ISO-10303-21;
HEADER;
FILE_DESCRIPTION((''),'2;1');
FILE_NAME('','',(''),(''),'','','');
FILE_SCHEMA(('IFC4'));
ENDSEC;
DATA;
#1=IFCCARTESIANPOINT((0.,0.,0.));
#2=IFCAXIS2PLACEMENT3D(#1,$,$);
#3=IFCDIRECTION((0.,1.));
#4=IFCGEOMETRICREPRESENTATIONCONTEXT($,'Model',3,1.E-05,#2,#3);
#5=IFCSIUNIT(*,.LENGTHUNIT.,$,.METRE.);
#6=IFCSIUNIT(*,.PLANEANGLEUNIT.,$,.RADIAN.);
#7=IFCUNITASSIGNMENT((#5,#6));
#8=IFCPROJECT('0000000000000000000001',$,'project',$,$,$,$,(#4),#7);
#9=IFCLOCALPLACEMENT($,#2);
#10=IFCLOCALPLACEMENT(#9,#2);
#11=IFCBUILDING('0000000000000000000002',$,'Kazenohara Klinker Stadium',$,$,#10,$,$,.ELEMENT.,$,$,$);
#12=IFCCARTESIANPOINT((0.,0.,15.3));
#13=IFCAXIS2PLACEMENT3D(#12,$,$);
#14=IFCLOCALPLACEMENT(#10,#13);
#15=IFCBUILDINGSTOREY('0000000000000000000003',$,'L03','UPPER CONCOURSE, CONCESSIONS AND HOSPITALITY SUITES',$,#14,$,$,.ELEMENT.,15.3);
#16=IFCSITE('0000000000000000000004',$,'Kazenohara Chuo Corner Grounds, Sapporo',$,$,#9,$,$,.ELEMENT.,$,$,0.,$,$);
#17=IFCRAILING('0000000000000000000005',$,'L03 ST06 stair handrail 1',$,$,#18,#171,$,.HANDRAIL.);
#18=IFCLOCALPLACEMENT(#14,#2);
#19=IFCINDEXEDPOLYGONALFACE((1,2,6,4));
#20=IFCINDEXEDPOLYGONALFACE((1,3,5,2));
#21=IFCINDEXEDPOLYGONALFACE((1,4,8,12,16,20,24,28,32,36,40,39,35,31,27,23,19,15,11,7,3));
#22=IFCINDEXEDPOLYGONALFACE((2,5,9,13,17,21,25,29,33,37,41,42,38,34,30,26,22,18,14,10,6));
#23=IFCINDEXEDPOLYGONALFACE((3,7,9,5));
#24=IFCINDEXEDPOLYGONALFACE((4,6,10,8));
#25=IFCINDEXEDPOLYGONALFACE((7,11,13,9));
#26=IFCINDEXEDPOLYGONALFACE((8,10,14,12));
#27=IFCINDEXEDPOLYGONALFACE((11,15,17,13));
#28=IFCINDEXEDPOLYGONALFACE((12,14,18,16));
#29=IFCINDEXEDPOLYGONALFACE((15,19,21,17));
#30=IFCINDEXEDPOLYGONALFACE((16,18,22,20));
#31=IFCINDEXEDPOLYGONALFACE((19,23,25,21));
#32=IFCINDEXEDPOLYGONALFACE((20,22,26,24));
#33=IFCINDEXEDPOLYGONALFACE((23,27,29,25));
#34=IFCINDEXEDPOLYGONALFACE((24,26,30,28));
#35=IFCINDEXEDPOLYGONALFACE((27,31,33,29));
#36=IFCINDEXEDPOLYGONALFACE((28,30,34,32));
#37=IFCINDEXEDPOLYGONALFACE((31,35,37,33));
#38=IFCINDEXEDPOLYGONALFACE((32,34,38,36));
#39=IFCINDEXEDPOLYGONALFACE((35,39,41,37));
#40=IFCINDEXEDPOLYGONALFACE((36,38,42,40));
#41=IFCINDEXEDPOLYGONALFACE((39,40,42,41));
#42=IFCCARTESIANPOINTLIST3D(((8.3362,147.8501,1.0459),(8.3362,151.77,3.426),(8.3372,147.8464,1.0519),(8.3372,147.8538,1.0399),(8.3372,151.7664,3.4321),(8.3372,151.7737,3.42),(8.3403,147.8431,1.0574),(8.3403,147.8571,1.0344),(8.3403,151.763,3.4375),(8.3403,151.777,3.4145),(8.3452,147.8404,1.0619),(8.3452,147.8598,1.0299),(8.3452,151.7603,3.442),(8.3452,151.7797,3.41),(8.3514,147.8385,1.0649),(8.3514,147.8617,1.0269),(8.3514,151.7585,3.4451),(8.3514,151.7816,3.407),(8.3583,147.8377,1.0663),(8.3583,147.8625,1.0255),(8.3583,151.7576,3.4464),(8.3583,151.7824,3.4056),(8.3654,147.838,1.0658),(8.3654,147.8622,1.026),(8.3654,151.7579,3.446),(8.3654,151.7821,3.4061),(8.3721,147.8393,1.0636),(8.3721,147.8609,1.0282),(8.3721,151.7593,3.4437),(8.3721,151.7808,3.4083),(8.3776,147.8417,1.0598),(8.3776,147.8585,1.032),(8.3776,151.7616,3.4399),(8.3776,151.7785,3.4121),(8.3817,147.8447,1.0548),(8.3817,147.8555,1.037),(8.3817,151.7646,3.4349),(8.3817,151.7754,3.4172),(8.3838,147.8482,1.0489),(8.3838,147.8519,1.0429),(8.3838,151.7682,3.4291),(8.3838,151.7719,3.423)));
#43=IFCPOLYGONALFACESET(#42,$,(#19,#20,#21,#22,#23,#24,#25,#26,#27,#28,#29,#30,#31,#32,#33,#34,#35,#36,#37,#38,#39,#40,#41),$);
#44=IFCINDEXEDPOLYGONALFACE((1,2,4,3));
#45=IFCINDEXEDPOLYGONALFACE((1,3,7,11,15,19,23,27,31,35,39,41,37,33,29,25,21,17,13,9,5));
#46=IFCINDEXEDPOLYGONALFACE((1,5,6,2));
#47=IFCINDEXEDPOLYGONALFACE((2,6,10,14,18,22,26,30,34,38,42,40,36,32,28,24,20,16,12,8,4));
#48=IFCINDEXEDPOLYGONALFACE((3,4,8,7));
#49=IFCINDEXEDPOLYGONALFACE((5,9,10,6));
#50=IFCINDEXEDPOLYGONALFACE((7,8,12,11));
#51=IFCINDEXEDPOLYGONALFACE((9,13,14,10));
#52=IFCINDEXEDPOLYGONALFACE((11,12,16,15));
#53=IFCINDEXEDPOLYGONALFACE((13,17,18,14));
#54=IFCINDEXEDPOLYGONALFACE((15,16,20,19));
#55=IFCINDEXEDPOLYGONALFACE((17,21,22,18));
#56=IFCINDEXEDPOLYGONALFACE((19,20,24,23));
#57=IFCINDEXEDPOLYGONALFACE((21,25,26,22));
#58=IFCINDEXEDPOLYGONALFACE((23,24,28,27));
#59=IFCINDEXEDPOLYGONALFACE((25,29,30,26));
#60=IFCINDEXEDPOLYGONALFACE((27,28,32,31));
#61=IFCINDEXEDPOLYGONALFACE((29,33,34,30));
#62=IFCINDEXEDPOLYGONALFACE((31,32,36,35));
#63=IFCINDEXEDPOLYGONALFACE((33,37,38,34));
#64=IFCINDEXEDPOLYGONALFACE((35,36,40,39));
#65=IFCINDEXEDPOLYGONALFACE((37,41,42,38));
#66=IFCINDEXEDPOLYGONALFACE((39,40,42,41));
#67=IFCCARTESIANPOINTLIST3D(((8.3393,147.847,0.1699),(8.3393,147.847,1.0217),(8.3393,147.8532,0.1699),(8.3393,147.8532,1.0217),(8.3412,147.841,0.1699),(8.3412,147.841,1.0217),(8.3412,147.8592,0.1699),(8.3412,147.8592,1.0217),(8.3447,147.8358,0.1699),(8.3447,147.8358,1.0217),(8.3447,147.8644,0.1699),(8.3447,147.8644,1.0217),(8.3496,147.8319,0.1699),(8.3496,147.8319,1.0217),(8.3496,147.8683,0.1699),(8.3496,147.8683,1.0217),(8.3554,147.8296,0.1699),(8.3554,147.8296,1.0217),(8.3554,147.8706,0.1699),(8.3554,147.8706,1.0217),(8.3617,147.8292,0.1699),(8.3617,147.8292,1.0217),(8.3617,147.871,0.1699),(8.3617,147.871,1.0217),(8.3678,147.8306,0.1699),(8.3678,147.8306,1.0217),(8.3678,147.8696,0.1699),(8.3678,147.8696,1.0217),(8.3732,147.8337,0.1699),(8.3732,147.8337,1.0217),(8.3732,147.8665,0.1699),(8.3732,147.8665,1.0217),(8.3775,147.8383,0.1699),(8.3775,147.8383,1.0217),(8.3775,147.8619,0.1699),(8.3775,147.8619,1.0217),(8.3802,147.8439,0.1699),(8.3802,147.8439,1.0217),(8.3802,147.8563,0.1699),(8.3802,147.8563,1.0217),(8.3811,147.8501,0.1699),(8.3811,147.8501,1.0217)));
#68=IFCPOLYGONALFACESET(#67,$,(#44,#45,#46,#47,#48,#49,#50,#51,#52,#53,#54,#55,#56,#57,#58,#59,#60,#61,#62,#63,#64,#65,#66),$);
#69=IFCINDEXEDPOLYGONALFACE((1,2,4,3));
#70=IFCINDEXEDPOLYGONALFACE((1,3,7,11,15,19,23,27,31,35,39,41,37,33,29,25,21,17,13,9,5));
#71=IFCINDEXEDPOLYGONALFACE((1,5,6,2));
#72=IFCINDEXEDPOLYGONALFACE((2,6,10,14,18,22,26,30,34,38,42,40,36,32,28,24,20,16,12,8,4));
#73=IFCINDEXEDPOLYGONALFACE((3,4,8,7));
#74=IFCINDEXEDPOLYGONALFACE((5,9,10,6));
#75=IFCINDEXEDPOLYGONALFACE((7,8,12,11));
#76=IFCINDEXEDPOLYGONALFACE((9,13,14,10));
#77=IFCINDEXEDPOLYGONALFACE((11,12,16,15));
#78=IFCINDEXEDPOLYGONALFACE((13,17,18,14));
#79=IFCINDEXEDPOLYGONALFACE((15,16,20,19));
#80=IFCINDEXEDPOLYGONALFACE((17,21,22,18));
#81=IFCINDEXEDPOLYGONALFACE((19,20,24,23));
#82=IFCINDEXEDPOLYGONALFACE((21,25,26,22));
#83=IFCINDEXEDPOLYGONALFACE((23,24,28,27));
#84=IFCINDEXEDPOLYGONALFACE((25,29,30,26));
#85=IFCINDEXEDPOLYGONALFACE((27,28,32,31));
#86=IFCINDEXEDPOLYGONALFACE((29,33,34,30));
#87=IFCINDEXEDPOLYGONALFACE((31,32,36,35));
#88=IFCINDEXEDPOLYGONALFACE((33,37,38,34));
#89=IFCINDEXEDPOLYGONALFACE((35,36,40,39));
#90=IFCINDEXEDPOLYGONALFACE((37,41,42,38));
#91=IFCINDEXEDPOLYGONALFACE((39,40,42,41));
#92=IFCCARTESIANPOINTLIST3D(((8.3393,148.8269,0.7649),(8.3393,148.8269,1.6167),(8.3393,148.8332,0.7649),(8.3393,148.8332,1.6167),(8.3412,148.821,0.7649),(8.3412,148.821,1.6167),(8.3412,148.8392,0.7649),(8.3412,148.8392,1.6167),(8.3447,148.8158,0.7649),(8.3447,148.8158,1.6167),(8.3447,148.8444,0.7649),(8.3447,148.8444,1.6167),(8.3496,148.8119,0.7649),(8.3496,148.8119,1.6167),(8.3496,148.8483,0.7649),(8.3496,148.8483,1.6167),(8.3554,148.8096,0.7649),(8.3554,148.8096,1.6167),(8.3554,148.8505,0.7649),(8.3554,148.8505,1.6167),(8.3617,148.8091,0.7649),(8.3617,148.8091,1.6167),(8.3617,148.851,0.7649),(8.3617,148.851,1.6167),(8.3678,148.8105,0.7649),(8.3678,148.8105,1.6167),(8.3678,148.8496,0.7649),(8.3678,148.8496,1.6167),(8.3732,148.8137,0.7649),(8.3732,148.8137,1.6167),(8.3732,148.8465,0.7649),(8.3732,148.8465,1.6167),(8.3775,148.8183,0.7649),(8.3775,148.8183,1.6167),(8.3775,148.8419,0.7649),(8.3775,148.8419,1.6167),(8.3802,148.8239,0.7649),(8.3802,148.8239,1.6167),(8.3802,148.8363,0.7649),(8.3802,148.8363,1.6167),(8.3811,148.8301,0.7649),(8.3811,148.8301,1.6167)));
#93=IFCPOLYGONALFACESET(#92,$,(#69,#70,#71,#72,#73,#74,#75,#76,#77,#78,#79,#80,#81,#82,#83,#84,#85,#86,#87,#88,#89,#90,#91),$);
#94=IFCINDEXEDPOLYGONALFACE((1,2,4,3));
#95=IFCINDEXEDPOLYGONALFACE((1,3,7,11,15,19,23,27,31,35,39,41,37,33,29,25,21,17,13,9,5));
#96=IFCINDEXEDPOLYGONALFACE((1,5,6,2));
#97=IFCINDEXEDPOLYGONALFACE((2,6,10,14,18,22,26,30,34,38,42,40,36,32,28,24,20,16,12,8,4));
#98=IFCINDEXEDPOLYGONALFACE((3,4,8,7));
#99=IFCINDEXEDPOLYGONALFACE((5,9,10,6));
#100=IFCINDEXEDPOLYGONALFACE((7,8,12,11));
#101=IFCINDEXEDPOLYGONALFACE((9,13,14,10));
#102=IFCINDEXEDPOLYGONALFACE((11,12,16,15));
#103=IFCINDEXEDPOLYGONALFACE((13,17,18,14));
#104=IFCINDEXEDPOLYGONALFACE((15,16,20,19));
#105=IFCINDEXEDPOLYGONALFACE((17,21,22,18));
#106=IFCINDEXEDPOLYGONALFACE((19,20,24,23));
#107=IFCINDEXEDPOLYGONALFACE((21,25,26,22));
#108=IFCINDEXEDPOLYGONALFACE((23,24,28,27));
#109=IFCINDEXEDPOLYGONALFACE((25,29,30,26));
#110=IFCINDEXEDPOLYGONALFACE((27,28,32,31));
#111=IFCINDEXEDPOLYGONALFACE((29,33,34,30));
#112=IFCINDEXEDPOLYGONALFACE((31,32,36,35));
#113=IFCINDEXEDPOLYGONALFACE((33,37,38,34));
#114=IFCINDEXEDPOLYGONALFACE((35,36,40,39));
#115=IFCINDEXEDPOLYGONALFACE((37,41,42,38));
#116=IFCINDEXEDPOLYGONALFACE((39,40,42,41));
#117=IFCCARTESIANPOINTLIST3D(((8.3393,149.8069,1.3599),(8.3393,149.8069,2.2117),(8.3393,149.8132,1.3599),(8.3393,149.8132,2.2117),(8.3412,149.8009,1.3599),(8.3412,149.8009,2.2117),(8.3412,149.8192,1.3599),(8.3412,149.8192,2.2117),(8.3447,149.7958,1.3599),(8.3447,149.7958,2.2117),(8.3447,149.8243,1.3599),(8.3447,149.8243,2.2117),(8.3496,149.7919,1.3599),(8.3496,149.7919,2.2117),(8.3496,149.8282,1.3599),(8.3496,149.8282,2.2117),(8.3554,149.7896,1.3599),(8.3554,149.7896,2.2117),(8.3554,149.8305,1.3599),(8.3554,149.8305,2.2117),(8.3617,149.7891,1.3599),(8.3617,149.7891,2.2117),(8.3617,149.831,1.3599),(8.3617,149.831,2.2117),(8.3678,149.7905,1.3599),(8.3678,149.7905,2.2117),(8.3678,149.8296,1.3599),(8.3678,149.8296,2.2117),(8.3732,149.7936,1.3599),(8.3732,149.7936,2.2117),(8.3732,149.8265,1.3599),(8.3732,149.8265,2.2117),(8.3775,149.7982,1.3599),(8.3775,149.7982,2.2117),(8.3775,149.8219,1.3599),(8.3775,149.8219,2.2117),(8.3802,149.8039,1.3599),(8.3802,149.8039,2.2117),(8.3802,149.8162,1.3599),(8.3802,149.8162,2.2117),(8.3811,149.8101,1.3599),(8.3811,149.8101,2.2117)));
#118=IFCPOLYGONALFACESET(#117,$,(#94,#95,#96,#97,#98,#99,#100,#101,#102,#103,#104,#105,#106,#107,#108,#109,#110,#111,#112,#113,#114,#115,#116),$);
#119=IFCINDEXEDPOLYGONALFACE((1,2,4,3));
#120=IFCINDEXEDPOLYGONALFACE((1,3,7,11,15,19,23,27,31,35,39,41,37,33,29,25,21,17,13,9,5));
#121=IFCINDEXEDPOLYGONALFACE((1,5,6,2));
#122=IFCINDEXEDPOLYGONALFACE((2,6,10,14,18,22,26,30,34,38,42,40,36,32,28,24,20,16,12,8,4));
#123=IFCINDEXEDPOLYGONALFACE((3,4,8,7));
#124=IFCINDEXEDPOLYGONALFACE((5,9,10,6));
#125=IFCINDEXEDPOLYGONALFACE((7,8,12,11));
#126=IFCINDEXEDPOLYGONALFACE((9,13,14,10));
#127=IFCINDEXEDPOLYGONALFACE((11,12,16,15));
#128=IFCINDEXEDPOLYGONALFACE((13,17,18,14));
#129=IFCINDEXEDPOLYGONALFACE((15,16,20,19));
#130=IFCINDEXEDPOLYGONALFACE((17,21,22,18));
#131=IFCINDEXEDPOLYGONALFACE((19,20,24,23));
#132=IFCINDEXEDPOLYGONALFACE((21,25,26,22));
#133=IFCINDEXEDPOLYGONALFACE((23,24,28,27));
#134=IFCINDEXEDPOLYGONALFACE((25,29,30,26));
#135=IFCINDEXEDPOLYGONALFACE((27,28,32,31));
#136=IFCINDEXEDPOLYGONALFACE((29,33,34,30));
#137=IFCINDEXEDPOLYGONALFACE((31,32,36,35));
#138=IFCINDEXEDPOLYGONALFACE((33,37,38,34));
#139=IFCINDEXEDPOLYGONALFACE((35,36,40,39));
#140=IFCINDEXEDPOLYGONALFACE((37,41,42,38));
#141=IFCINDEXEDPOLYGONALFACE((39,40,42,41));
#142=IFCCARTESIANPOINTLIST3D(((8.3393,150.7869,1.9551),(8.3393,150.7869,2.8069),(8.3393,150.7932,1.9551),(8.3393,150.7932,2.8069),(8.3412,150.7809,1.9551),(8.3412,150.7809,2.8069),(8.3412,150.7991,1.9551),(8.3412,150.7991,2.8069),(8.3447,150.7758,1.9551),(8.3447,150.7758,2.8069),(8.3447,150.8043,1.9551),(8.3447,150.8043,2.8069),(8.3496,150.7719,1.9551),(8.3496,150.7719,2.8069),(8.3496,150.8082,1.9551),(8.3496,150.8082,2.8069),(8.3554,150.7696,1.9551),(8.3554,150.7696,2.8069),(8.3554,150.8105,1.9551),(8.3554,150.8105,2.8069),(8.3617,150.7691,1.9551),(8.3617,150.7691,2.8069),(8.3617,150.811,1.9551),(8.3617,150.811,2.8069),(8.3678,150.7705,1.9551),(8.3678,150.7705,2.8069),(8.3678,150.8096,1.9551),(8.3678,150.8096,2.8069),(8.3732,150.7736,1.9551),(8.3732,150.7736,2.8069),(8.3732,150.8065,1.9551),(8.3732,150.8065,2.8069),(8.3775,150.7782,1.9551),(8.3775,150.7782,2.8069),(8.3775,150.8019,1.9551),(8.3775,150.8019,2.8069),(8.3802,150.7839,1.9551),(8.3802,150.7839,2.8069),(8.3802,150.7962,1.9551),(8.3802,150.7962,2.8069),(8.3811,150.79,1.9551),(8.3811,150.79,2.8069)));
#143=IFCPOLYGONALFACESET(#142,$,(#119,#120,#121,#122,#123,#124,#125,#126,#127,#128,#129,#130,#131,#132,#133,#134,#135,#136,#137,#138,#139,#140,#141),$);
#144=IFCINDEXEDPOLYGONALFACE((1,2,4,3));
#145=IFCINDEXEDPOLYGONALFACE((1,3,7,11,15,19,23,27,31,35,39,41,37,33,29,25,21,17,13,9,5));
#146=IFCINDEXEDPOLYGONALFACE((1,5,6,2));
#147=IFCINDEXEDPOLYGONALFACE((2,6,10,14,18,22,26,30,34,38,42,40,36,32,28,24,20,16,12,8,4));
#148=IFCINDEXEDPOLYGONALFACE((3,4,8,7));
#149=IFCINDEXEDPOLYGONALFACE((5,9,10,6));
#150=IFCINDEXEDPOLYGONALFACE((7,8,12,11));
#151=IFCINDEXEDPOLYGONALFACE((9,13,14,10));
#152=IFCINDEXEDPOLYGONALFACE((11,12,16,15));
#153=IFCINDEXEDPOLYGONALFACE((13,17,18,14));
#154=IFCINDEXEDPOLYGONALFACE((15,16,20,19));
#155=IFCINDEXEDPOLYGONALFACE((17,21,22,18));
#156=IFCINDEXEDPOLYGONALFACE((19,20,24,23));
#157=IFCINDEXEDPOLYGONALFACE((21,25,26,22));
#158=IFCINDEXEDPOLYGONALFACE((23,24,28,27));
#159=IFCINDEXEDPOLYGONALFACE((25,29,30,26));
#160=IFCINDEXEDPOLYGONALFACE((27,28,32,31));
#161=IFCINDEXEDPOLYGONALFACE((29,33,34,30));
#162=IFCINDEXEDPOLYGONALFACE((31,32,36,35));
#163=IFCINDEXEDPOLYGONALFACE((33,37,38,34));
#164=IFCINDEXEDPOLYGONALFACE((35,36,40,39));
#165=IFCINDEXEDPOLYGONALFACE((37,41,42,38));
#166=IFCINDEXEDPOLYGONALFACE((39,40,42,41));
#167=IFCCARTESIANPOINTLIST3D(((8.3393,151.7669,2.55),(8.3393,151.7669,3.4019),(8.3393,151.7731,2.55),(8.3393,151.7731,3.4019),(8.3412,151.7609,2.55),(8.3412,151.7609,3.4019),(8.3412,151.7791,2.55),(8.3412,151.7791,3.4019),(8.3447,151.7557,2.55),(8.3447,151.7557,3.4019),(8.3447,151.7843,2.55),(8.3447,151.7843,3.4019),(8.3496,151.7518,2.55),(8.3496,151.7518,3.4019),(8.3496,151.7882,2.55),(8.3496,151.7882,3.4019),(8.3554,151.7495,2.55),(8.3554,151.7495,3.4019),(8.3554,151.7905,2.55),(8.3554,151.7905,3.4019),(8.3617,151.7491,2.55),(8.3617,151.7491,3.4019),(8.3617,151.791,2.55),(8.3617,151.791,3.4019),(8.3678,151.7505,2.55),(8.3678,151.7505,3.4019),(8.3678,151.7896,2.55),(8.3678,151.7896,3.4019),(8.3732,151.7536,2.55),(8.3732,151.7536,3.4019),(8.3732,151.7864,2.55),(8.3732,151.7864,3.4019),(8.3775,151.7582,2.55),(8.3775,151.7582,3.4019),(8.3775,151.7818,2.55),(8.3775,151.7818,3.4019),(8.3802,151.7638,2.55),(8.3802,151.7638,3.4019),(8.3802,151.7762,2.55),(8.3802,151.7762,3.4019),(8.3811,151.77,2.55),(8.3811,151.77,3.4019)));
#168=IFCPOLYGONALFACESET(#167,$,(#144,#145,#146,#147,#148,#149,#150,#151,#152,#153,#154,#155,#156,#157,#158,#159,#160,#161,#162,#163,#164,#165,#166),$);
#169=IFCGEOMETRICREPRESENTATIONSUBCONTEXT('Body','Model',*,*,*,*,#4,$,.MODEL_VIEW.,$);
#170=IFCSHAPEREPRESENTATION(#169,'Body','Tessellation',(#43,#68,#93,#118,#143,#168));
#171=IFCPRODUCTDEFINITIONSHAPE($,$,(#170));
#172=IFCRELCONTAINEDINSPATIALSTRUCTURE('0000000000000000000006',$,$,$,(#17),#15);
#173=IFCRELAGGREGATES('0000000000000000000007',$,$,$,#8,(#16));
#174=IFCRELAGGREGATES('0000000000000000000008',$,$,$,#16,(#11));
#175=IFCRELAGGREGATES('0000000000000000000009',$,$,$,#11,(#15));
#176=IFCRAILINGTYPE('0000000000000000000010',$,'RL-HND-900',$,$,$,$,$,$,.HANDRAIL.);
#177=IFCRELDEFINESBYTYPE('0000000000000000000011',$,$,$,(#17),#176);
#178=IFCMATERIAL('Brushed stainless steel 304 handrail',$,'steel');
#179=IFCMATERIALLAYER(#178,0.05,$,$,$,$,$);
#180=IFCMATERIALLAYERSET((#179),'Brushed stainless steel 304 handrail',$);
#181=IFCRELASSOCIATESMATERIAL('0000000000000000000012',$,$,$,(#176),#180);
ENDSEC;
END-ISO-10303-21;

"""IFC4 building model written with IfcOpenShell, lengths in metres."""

from ifc_helpers import new_model, si_unit, direction, frame, origin, origin_2d, place, context, subcontext, project, spatial, circle, extrude, material, layer, layer_set, type_object, element, save


model = new_model("IFC4")

# Units and contexts
model_context = context("Model", 3, precision=1e-05, world=origin(), true_north=direction((0.0, 1.0)))
body_context = subcontext(model_context, "Body", "Model", "MODEL_VIEW")
ifc_project = project(units=[si_unit("LENGTHUNIT", "METRE"), si_unit("PLANEANGLEUNIT", "RADIAN")], contexts=[model_context])

# Site, building, storey
site_placement = place(None, origin())
site = spatial("IfcSite", under=ifc_project, at=site_placement, Name="Kazenohara Chuo Corner Grounds, Sapporo", CompositionType="ELEMENT", RefElevation=0.0)
building_placement = place(site_placement, origin())
building = spatial("IfcBuilding", under=site, at=building_placement, Name="Kazenohara Klinker Stadium", CompositionType="ELEMENT")
storey_placement = place(building_placement, frame((0.0, 0.0, 15.3)))
storey = spatial("IfcBuildingStorey", under=building, at=storey_placement, Name="L03", Description="UPPER CONCOURSE, CONCESSIONS AND HOSPITALITY SUITES", CompositionType="ELEMENT", Elevation=15.3)

# Railing
ifc_material_1 = material(Name="Brushed stainless steel 304 handrail", Category="steel")
ifc_layer_1 = layer(ifc_material_1, 0.05)
ifc_layer_set_1 = layer_set([ifc_layer_1], Name="Brushed stainless steel 304 handrail")
railing_type_1 = type_object("IfcRailingType", Name="RL-HND-900", PredefinedType="HANDRAIL", material=ifc_layer_set_1)
railing_1_placement = place(storey_placement, frame((8.3601, 147.8501, 0.1699)))
element("IfcRailing", 1, at=railing_1_placement, inside=storey, type_object=railing_type_1, Name="L03 ST06 stair handrail 1", PredefinedType="HANDRAIL", context=body_context, shape_type="SweptSolid", body=[
    extrude(circle(Radius=0.0239, at=origin_2d()), frame((0.0, 0.0, 0.876), z_axis=(0.0, 0.854771, 0.519006), x_axis=(-1.0, 0.0, 0.0)), (0.0, 0.0, 1.0), 4.5859),
    extrude(circle(Radius=0.021, at=origin_2d()), origin(), (0.0, 0.0, 1.0), 0.8518),
    extrude(circle(Radius=0.021, at=origin_2d()), frame((0.0, 0.98, 0.595)), (0.0, 0.0, 1.0), 0.8518),
    extrude(circle(Radius=0.021, at=origin_2d()), frame((0.0, 1.96, 1.1899)), (0.0, 0.0, 1.0), 0.8518),
    extrude(circle(Radius=0.021, at=origin_2d()), frame((0.0, 2.9399, 1.7852)), (0.0, 0.0, 1.0), 0.8518),
    extrude(circle(Radius=0.021, at=origin_2d()), frame((0.0, 3.9199, 2.3801)), (0.0, 0.0, 1.0), 0.8518),
])

save(model, "model.ifc")
